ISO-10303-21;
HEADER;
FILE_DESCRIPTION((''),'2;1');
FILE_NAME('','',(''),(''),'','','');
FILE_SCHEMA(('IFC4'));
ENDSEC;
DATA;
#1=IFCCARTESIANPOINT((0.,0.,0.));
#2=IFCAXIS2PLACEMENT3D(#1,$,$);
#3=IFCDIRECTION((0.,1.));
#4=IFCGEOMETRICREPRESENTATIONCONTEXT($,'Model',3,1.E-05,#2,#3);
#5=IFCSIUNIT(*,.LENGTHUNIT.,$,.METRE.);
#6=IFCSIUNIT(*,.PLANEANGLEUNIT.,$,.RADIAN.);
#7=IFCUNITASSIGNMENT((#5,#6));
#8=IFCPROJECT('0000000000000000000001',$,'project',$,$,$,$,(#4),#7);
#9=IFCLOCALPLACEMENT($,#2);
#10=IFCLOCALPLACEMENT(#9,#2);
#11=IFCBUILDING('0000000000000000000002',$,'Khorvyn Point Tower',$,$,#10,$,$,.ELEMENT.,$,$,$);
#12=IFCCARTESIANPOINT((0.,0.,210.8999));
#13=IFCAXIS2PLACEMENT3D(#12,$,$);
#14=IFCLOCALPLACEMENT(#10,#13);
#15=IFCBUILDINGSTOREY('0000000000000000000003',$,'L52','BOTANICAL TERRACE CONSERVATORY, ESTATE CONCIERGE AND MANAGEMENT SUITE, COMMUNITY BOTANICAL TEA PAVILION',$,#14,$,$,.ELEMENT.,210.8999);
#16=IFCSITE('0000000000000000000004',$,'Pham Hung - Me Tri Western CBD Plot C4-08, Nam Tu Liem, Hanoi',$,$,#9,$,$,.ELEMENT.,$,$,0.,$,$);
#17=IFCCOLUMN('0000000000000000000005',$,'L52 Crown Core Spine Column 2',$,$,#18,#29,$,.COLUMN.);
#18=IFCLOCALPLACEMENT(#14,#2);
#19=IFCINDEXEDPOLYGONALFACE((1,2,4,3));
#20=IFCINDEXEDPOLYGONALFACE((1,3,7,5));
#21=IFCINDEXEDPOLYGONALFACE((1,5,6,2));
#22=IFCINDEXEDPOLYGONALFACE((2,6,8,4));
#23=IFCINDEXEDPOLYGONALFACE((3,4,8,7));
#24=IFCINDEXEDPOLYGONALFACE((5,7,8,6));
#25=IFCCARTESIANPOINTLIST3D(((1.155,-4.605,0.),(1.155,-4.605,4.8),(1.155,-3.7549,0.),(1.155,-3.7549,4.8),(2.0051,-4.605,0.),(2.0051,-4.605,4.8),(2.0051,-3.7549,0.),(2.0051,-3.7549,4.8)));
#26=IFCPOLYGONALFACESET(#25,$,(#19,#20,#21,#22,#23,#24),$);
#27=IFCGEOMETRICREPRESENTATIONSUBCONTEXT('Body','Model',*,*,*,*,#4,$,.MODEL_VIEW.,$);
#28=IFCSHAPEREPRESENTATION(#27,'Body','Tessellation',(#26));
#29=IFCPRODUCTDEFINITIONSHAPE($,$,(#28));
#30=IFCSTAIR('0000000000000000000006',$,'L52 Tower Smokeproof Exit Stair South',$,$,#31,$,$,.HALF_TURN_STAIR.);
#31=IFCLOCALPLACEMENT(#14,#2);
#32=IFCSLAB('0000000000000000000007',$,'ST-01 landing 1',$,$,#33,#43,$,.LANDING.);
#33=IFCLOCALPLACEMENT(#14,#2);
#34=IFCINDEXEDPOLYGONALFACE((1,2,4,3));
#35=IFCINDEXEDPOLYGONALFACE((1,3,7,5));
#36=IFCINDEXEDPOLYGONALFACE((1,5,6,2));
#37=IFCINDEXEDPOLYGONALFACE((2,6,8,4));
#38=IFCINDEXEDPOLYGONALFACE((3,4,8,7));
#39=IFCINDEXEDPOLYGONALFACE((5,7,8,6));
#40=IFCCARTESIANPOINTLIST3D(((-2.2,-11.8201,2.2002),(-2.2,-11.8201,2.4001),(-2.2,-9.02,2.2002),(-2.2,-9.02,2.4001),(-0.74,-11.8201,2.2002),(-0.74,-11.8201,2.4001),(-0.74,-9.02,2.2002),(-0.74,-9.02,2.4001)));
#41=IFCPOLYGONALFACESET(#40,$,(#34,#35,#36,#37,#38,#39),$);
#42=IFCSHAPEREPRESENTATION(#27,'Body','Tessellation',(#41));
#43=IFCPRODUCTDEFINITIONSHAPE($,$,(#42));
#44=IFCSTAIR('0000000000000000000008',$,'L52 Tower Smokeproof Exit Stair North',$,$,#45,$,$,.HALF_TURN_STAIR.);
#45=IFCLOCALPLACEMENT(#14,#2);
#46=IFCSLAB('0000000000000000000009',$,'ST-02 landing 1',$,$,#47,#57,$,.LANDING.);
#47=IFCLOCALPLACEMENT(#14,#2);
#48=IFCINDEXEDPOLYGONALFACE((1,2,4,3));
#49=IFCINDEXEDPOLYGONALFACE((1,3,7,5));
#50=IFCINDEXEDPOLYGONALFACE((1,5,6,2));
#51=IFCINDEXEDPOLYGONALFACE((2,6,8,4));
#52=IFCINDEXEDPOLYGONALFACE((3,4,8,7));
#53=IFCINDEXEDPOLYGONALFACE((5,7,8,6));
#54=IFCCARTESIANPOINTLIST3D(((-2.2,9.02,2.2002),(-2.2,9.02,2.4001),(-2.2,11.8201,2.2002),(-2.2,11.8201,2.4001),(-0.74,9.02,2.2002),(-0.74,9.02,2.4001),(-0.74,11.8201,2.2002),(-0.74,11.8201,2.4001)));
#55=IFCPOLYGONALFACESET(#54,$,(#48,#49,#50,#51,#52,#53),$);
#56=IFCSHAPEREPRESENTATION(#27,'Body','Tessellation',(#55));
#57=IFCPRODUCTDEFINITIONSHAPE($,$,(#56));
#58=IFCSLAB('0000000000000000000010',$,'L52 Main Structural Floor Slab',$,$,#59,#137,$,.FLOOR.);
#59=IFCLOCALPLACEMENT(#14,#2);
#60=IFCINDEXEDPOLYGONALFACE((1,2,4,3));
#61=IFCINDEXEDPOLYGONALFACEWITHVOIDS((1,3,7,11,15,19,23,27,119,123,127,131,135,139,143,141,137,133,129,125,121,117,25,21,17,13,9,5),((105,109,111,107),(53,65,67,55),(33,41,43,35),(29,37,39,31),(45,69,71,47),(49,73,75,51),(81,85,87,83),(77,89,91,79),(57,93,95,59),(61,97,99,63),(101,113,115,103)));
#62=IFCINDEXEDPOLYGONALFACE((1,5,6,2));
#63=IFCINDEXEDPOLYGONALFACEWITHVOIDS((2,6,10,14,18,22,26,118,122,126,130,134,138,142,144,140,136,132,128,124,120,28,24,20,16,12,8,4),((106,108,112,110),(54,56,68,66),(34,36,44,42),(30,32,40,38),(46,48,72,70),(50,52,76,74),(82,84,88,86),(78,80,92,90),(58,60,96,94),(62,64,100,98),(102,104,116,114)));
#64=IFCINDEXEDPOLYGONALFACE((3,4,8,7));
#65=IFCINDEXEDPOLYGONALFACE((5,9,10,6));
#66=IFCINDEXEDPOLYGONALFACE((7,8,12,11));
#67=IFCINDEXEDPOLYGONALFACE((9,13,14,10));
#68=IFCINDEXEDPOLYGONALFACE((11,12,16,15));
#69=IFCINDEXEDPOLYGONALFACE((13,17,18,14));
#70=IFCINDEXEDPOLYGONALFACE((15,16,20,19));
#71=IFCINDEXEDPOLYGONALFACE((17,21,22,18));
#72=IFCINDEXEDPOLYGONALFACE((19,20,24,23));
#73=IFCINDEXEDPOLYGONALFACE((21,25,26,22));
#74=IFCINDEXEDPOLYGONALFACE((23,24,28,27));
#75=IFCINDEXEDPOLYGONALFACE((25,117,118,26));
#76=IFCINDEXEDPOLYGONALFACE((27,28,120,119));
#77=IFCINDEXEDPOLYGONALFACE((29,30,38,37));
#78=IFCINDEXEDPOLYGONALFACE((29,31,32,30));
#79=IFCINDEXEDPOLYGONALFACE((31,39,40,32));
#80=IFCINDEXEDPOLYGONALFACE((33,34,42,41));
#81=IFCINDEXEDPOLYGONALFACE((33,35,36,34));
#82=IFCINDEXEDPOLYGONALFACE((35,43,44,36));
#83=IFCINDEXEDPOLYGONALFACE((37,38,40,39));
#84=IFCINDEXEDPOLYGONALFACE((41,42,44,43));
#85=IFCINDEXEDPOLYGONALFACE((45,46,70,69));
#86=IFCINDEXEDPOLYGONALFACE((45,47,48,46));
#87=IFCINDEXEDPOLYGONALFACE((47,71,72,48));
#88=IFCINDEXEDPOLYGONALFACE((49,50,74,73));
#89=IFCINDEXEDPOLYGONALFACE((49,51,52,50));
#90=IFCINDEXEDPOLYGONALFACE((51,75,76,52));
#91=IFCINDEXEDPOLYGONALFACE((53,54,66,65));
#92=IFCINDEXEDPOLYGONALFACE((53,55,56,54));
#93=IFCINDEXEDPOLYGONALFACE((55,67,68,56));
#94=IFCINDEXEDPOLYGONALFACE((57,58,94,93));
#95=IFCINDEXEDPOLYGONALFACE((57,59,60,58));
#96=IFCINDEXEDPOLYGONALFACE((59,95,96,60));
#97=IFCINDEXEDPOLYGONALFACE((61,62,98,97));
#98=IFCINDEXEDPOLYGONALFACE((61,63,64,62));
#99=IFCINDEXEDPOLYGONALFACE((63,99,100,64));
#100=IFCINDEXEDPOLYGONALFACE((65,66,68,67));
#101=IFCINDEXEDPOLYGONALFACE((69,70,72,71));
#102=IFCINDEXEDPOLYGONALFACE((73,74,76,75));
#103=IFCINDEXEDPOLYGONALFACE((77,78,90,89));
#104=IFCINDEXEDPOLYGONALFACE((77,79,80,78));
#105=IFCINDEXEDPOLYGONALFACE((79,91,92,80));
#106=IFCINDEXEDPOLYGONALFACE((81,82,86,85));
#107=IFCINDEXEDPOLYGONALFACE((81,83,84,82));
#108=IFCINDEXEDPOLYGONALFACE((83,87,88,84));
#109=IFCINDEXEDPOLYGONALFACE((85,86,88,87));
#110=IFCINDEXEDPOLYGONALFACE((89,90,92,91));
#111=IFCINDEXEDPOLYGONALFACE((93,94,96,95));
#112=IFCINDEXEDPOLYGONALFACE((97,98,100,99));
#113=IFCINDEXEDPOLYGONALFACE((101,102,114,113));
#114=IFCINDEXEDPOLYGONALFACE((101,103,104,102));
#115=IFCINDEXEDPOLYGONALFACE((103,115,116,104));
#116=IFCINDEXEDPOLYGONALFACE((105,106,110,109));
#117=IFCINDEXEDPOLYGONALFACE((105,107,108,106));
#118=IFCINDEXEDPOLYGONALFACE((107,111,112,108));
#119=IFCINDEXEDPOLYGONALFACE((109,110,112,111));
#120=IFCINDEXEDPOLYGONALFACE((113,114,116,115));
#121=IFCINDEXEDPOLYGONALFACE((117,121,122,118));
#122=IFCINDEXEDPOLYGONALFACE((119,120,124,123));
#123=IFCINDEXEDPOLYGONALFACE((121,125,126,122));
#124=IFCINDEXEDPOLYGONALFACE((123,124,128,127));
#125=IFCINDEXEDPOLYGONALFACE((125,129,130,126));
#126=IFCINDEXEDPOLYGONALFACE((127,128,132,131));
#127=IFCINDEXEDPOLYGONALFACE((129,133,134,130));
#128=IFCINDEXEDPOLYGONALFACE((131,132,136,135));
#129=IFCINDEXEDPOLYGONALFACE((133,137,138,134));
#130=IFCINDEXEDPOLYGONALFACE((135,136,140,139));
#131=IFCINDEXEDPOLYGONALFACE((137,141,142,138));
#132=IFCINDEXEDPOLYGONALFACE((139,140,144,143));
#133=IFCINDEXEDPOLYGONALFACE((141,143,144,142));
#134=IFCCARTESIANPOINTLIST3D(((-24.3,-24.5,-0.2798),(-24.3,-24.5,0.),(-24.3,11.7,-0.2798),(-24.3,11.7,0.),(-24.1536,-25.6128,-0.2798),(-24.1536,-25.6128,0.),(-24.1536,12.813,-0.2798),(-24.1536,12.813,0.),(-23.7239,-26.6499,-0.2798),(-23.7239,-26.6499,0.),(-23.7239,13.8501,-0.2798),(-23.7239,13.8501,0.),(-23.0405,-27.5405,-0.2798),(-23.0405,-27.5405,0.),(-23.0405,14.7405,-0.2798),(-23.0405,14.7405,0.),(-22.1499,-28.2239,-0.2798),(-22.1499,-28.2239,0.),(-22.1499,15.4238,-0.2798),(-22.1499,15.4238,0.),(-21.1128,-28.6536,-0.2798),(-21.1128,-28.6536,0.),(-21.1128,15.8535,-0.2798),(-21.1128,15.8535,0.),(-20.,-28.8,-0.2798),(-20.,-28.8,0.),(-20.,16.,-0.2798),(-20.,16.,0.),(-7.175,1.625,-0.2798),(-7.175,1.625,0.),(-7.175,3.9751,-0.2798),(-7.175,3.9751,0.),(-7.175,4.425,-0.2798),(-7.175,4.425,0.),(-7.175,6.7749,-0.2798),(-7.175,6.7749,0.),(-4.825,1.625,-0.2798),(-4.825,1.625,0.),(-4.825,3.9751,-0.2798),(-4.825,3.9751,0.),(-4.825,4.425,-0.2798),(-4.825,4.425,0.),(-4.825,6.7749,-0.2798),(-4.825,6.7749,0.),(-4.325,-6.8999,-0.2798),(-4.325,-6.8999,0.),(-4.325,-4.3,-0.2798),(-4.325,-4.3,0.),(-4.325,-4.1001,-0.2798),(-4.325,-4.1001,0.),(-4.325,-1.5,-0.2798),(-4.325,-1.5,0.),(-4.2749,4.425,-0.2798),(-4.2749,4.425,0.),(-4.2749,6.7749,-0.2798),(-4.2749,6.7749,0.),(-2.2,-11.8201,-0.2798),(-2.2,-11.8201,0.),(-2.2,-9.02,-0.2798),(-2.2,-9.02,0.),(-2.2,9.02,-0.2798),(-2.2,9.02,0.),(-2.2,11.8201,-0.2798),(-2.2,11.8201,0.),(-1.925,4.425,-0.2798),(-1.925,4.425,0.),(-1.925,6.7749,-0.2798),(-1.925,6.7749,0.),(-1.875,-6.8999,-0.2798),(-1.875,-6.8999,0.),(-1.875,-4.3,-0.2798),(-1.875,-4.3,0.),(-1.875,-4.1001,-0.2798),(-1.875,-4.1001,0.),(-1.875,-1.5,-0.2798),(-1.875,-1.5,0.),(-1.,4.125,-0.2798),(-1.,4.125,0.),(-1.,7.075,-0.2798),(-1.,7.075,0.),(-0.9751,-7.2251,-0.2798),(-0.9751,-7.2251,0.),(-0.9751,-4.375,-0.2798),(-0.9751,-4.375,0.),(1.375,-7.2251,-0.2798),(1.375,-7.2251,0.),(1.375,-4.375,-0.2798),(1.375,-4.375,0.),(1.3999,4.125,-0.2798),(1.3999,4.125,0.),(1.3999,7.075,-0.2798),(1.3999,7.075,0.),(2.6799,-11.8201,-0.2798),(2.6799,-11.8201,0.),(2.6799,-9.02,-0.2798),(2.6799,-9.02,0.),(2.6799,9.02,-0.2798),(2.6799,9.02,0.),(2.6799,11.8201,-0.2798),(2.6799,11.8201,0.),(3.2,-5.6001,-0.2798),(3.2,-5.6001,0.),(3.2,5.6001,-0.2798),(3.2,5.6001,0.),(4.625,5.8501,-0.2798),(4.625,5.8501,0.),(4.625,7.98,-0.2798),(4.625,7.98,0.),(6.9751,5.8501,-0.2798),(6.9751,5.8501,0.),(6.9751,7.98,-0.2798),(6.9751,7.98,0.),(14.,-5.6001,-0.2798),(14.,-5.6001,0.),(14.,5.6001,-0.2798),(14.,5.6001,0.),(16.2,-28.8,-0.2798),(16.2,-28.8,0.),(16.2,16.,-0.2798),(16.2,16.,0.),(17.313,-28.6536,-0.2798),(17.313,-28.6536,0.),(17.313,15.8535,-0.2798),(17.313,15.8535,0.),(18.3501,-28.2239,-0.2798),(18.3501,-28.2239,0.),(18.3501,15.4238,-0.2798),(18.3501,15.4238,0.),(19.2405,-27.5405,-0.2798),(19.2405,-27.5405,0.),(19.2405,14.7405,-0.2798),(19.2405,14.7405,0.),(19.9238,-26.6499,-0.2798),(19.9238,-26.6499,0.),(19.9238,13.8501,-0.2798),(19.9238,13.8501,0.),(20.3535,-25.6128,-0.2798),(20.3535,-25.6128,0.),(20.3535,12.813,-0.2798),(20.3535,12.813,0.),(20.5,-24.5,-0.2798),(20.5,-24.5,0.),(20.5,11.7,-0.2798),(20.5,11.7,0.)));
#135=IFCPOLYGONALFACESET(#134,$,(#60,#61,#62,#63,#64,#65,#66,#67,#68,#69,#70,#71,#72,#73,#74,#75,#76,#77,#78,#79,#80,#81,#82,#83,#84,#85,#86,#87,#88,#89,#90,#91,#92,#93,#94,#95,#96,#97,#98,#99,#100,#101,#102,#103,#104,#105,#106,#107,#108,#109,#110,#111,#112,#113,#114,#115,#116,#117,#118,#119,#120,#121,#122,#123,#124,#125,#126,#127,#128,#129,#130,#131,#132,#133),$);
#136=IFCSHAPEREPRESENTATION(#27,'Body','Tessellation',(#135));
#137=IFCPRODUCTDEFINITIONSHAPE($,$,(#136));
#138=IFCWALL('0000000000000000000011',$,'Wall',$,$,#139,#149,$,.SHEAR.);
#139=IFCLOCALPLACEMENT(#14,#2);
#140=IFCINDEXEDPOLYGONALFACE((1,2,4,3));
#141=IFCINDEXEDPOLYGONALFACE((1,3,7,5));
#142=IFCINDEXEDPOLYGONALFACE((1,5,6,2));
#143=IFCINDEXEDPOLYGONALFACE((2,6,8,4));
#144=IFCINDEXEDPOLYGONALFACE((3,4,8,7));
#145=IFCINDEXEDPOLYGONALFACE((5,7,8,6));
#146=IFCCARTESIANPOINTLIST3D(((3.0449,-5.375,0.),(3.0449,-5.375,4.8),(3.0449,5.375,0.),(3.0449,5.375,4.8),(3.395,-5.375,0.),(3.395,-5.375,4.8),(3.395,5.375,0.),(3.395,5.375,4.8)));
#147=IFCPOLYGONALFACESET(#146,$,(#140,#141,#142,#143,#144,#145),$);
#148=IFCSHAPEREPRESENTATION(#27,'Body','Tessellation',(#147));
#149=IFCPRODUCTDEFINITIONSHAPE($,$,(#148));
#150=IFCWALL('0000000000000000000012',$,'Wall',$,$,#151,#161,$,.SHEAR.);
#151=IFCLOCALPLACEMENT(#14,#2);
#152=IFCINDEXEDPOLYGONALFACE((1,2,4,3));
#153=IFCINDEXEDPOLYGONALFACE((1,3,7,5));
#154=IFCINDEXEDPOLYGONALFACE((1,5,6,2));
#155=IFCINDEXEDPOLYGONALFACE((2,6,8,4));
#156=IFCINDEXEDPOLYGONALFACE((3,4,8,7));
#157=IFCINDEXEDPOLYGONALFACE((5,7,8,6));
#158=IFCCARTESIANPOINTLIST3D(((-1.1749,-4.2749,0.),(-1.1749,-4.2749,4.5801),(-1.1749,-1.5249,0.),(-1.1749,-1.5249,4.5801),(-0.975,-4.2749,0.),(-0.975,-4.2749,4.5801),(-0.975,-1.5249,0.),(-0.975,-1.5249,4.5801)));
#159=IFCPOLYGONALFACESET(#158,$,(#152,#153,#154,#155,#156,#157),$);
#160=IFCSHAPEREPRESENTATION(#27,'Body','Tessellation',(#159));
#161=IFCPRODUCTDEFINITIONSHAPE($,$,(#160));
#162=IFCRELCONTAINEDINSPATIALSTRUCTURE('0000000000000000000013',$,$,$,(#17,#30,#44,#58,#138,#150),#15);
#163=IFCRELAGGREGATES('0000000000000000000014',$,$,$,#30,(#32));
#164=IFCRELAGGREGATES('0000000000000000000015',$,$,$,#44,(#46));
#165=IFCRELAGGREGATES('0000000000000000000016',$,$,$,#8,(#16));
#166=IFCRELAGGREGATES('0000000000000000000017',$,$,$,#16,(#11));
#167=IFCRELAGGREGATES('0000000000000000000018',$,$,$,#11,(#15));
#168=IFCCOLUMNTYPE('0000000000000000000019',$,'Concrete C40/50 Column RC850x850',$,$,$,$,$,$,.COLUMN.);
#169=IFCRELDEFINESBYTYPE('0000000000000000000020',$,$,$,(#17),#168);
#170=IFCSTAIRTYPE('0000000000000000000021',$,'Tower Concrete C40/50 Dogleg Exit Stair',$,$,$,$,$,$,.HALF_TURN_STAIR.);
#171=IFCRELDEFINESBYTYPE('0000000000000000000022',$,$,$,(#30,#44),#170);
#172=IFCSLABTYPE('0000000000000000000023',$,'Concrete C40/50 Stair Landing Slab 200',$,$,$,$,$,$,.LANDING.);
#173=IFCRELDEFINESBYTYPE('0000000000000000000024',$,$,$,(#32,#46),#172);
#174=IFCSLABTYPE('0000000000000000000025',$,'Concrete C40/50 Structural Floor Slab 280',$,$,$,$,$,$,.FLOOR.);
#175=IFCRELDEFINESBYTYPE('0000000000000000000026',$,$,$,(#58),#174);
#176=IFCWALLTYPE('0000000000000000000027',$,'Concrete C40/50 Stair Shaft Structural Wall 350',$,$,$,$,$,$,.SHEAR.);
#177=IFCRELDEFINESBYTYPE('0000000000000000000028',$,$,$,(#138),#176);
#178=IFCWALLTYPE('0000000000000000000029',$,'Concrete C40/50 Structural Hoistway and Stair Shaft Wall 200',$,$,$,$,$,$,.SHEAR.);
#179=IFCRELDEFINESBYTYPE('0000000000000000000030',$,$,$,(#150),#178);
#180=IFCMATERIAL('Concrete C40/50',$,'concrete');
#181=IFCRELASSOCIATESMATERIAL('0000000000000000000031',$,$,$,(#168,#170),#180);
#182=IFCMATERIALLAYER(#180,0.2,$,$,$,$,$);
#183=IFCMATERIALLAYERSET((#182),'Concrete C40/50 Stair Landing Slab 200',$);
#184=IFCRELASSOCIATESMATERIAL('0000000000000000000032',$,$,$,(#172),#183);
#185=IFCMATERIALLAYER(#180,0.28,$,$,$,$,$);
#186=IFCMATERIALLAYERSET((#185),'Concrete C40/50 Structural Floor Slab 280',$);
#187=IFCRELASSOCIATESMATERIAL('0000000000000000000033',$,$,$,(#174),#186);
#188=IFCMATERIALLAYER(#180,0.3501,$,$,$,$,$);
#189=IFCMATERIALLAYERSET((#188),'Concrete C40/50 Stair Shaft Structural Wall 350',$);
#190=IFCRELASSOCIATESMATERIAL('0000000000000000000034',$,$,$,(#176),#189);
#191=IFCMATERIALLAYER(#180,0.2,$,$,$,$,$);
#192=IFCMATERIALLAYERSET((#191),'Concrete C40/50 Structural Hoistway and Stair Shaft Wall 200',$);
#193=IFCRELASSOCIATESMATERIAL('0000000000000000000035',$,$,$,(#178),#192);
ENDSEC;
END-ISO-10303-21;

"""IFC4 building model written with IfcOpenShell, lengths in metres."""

from ifc_helpers import new_model, si_unit, direction, frame, frame_2d, origin, origin_2d, place, context, subcontext, project, spatial, polyline, rectangle, outline, extrude, material, layer, layer_set, material_profile, profile_set, type_object, element, aggregate, save


model = new_model("IFC4")

# Units and contexts
model_context = context("Model", 3, precision=1e-05, world=origin(), true_north=direction((0.0, 1.0)))
body_context = subcontext(model_context, "Body", "Model", "MODEL_VIEW")
ifc_project = project(units=[si_unit("LENGTHUNIT", "METRE"), si_unit("PLANEANGLEUNIT", "RADIAN")], contexts=[model_context])

# Site, building, storey
site_placement = place(None, origin())
site = spatial("IfcSite", under=ifc_project, at=site_placement, Name="Pham Hung - Me Tri Western CBD Plot C4-08, Nam Tu Liem, Hanoi", CompositionType="ELEMENT", RefElevation=0.0)
building_placement = place(site_placement, origin())
building = spatial("IfcBuilding", under=site, at=building_placement, Name="Khorvyn Point Tower", CompositionType="ELEMENT")
storey_placement = place(building_placement, frame((0.0, 0.0, 210.8999)))
storey = spatial("IfcBuildingStorey", under=building, at=storey_placement, Name="L52", Description="BOTANICAL TERRACE CONSERVATORY, ESTATE CONCIERGE AND MANAGEMENT SUITE, COMMUNITY BOTANICAL TEA PAVILION", CompositionType="ELEMENT", Elevation=210.8999)

# Column
ifc_material_1 = material(Name="Concrete C40/50", Category="concrete")
ifc_material_profile = material_profile(ifc_material_1, rectangle(XDim=0.8501, YDim=0.8501, at=origin_2d()))
ifc_profile_set = profile_set([ifc_material_profile], Name="Concrete C40/50 RC850x850")
column_type = type_object("IfcColumnType", Name="Concrete C40/50 Column RC850x850", PredefinedType="COLUMN", material=ifc_profile_set)
column_placement = place(storey_placement, frame((1.5801, -4.1799, 0.0), z_axis=(0.0, 0.0, 1.0), x_axis=(1.0, 0.0, 0.0)))
element("IfcColumn", 1, at=column_placement, inside=storey, type_object=column_type, Name="L52 Crown Core Spine Column 2", PredefinedType="COLUMN", context=body_context, shape_type="SweptSolid", body=[
    extrude(rectangle(XDim=0.8501, YDim=0.8501, at=origin_2d()), origin(), (0.0, 0.0, 1.0), 4.8),
])

# Stairs, slabs
stair_type = type_object("IfcStairType", Name="Tower Concrete C40/50 Dogleg Exit Stair", PredefinedType="HALF_TURN_STAIR", material=ifc_material_1)
stair_1_placement = place(storey_placement, origin())
stair_1 = element("IfcStair", 2, at=stair_1_placement, inside=storey, type_object=stair_type, Name="L52 Tower Smokeproof Exit Stair South", PredefinedType="HALF_TURN_STAIR")
ifc_layer_1 = layer(ifc_material_1, 0.2)
ifc_layer_set_1 = layer_set([ifc_layer_1], Name="Concrete C40/50 Stair Landing Slab 200")
slab_type_1 = type_object("IfcSlabType", Name="Concrete C40/50 Stair Landing Slab 200", PredefinedType="LANDING", material=ifc_layer_set_1)
slab_1_placement = place(storey_placement, frame((0.0, 0.0, 2.2002)))
slab_1 = element("IfcSlab", 3, at=slab_1_placement, type_object=slab_type_1, Name="ST-01 landing 1", PredefinedType="LANDING", context=body_context, shape_type="SweptSolid", body=[
    extrude(outline(polyline([(-0.74, -9.02), (-2.2, -9.02), (-2.2, -11.8201), (-0.74, -11.8201), (-0.74, -9.02)])), origin(), (0.0, 0.0, 1.0), 0.2),
])
aggregate(stair_1, [slab_1])
stair_2_placement = place(storey_placement, origin())
stair_2 = element("IfcStair", 4, at=stair_2_placement, inside=storey, type_object=stair_type, Name="L52 Tower Smokeproof Exit Stair North", PredefinedType="HALF_TURN_STAIR")
slab_2_placement = place(storey_placement, frame((0.0, 0.0, 2.2002)))
slab_2 = element("IfcSlab", 5, at=slab_2_placement, type_object=slab_type_1, Name="ST-02 landing 1", PredefinedType="LANDING", context=body_context, shape_type="SweptSolid", body=[
    extrude(outline(polyline([(-0.74, 11.8201), (-2.2, 11.8201), (-2.2, 9.02), (-0.74, 9.02), (-0.74, 11.8201)])), origin(), (0.0, 0.0, 1.0), 0.2),
])
aggregate(stair_2, [slab_2])

# Slab
ifc_layer_2 = layer(ifc_material_1, 0.28)
ifc_layer_set_2 = layer_set([ifc_layer_2], Name="Concrete C40/50 Structural Floor Slab 280")
slab_type_2 = type_object("IfcSlabType", Name="Concrete C40/50 Structural Floor Slab 280", PredefinedType="FLOOR", material=ifc_layer_set_2)
slab_3_placement = place(storey_placement, frame((0.0, 0.0, -0.2798)))
element("IfcSlab", 6, at=slab_3_placement, inside=storey, type_object=slab_type_2, Name="L52 Main Structural Floor Slab", PredefinedType="FLOOR", context=body_context, shape_type="SweptSolid", body=[
    extrude(outline(polyline([(-20.0, -28.8), (-21.1128, -28.6536), (-22.1499, -28.2239), (-23.0405, -27.5405), (-23.7239, -26.6499), (-24.1536, -25.6128), (-24.3, -24.5), (-24.3, 11.7), (-24.1536, 12.813), (-23.7239, 13.8501), (-23.0405, 14.7405), (-22.1499, 15.4238), (-21.1128, 15.8535), (-20.0, 16.0), (16.2, 16.0), (17.313, 15.8535), (18.3501, 15.4238), (19.2405, 14.7405), (19.9238, 13.8501), (20.3535, 12.813), (20.5, 11.7), (20.5, -24.5), (20.3535, -25.6128), (19.9238, -26.6499), (19.2405, -27.5405), (18.3501, -28.2239), (17.313, -28.6536), (16.2, -28.8), (-20.0, -28.8)]), holes=[polyline([(-1.875, -6.8999), (-1.875, -4.3), (-4.325, -4.3), (-4.325, -6.8999), (-1.875, -6.8999)]), polyline([(-1.875, -4.1001), (-1.875, -1.5), (-4.325, -1.5), (-4.325, -4.1001), (-1.875, -4.1001)]), polyline([(-4.825, 1.625), (-4.825, 3.9751), (-7.175, 3.9751), (-7.175, 1.625), (-4.825, 1.625)]), polyline([(-7.175, 4.425), (-4.825, 4.425), (-4.825, 6.7749), (-7.175, 6.7749), (-7.175, 4.425)]), polyline([(-4.2749, 4.425), (-1.925, 4.425), (-1.925, 6.7749), (-4.2749, 6.7749), (-4.2749, 4.425)]), polyline([(1.3999, 4.125), (1.3999, 7.075), (-1.0, 7.075), (-1.0, 4.125), (1.3999, 4.125)]), polyline([(-2.2, -11.8201), (2.6799, -11.8201), (2.6799, -9.02), (-2.2, -9.02), (-2.2, -11.8201)]), polyline([(-0.9751, -7.2251), (1.375, -7.2251), (1.375, -4.375), (-0.9751, -4.375), (-0.9751, -7.2251)]), polyline([(14.0, -5.6001), (14.0, 5.6001), (3.2, 5.6001), (3.2, -5.6001), (14.0, -5.6001)]), polyline([(4.625, 5.8501), (6.9751, 5.8501), (6.9751, 7.98), (4.625, 7.98), (4.625, 5.8501)]), polyline([(-2.2, 9.02), (2.6799, 9.02), (2.6799, 11.8201), (-2.2, 11.8201), (-2.2, 9.02)])]), origin(), (0.0, 0.0, 1.0), 0.2798),
])

# Walls
ifc_layer_3 = layer(ifc_material_1, 0.3501)
ifc_layer_set_3 = layer_set([ifc_layer_3], Name="Concrete C40/50 Stair Shaft Structural Wall 350")
wall_type_1 = type_object("IfcWallType", Name="Concrete C40/50 Stair Shaft Structural Wall 350", PredefinedType="SHEAR", material=ifc_layer_set_3)
wall_1_placement = place(storey_placement, frame((3.22, -5.375, 0.0), z_axis=(0.0, 0.0, 1.0), x_axis=(0.0, 1.0, 0.0)))
element("IfcWall", 7, at=wall_1_placement, inside=storey, type_object=wall_type_1, Name="Wall", PredefinedType="SHEAR", context=body_context, shape_type="SweptSolid", body=[
    extrude(rectangle(XDim=10.75, YDim=0.3501, at=frame_2d((5.375, 0.0))), origin(), (0.0, 0.0, 1.0), 4.8),
])
ifc_layer_4 = layer(ifc_material_1, 0.2)
ifc_layer_set_4 = layer_set([ifc_layer_4], Name="Concrete C40/50 Structural Hoistway and Stair Shaft Wall 200")
wall_type_2 = type_object("IfcWallType", Name="Concrete C40/50 Structural Hoistway and Stair Shaft Wall 200", PredefinedType="SHEAR", material=ifc_layer_set_4)
wall_2_placement = place(storey_placement, frame((-1.075, -4.2749, 0.0), z_axis=(0.0, 0.0, 1.0), x_axis=(0.0, 1.0, 0.0)))
element("IfcWall", 8, at=wall_2_placement, inside=storey, type_object=wall_type_2, Name="Wall", PredefinedType="SHEAR", context=body_context, shape_type="SweptSolid", body=[
    extrude(rectangle(XDim=2.75, YDim=0.2, at=frame_2d((1.375, 0.0))), origin(), (0.0, 0.0, 1.0), 4.5801),
])

save(model, "model.ifc")
